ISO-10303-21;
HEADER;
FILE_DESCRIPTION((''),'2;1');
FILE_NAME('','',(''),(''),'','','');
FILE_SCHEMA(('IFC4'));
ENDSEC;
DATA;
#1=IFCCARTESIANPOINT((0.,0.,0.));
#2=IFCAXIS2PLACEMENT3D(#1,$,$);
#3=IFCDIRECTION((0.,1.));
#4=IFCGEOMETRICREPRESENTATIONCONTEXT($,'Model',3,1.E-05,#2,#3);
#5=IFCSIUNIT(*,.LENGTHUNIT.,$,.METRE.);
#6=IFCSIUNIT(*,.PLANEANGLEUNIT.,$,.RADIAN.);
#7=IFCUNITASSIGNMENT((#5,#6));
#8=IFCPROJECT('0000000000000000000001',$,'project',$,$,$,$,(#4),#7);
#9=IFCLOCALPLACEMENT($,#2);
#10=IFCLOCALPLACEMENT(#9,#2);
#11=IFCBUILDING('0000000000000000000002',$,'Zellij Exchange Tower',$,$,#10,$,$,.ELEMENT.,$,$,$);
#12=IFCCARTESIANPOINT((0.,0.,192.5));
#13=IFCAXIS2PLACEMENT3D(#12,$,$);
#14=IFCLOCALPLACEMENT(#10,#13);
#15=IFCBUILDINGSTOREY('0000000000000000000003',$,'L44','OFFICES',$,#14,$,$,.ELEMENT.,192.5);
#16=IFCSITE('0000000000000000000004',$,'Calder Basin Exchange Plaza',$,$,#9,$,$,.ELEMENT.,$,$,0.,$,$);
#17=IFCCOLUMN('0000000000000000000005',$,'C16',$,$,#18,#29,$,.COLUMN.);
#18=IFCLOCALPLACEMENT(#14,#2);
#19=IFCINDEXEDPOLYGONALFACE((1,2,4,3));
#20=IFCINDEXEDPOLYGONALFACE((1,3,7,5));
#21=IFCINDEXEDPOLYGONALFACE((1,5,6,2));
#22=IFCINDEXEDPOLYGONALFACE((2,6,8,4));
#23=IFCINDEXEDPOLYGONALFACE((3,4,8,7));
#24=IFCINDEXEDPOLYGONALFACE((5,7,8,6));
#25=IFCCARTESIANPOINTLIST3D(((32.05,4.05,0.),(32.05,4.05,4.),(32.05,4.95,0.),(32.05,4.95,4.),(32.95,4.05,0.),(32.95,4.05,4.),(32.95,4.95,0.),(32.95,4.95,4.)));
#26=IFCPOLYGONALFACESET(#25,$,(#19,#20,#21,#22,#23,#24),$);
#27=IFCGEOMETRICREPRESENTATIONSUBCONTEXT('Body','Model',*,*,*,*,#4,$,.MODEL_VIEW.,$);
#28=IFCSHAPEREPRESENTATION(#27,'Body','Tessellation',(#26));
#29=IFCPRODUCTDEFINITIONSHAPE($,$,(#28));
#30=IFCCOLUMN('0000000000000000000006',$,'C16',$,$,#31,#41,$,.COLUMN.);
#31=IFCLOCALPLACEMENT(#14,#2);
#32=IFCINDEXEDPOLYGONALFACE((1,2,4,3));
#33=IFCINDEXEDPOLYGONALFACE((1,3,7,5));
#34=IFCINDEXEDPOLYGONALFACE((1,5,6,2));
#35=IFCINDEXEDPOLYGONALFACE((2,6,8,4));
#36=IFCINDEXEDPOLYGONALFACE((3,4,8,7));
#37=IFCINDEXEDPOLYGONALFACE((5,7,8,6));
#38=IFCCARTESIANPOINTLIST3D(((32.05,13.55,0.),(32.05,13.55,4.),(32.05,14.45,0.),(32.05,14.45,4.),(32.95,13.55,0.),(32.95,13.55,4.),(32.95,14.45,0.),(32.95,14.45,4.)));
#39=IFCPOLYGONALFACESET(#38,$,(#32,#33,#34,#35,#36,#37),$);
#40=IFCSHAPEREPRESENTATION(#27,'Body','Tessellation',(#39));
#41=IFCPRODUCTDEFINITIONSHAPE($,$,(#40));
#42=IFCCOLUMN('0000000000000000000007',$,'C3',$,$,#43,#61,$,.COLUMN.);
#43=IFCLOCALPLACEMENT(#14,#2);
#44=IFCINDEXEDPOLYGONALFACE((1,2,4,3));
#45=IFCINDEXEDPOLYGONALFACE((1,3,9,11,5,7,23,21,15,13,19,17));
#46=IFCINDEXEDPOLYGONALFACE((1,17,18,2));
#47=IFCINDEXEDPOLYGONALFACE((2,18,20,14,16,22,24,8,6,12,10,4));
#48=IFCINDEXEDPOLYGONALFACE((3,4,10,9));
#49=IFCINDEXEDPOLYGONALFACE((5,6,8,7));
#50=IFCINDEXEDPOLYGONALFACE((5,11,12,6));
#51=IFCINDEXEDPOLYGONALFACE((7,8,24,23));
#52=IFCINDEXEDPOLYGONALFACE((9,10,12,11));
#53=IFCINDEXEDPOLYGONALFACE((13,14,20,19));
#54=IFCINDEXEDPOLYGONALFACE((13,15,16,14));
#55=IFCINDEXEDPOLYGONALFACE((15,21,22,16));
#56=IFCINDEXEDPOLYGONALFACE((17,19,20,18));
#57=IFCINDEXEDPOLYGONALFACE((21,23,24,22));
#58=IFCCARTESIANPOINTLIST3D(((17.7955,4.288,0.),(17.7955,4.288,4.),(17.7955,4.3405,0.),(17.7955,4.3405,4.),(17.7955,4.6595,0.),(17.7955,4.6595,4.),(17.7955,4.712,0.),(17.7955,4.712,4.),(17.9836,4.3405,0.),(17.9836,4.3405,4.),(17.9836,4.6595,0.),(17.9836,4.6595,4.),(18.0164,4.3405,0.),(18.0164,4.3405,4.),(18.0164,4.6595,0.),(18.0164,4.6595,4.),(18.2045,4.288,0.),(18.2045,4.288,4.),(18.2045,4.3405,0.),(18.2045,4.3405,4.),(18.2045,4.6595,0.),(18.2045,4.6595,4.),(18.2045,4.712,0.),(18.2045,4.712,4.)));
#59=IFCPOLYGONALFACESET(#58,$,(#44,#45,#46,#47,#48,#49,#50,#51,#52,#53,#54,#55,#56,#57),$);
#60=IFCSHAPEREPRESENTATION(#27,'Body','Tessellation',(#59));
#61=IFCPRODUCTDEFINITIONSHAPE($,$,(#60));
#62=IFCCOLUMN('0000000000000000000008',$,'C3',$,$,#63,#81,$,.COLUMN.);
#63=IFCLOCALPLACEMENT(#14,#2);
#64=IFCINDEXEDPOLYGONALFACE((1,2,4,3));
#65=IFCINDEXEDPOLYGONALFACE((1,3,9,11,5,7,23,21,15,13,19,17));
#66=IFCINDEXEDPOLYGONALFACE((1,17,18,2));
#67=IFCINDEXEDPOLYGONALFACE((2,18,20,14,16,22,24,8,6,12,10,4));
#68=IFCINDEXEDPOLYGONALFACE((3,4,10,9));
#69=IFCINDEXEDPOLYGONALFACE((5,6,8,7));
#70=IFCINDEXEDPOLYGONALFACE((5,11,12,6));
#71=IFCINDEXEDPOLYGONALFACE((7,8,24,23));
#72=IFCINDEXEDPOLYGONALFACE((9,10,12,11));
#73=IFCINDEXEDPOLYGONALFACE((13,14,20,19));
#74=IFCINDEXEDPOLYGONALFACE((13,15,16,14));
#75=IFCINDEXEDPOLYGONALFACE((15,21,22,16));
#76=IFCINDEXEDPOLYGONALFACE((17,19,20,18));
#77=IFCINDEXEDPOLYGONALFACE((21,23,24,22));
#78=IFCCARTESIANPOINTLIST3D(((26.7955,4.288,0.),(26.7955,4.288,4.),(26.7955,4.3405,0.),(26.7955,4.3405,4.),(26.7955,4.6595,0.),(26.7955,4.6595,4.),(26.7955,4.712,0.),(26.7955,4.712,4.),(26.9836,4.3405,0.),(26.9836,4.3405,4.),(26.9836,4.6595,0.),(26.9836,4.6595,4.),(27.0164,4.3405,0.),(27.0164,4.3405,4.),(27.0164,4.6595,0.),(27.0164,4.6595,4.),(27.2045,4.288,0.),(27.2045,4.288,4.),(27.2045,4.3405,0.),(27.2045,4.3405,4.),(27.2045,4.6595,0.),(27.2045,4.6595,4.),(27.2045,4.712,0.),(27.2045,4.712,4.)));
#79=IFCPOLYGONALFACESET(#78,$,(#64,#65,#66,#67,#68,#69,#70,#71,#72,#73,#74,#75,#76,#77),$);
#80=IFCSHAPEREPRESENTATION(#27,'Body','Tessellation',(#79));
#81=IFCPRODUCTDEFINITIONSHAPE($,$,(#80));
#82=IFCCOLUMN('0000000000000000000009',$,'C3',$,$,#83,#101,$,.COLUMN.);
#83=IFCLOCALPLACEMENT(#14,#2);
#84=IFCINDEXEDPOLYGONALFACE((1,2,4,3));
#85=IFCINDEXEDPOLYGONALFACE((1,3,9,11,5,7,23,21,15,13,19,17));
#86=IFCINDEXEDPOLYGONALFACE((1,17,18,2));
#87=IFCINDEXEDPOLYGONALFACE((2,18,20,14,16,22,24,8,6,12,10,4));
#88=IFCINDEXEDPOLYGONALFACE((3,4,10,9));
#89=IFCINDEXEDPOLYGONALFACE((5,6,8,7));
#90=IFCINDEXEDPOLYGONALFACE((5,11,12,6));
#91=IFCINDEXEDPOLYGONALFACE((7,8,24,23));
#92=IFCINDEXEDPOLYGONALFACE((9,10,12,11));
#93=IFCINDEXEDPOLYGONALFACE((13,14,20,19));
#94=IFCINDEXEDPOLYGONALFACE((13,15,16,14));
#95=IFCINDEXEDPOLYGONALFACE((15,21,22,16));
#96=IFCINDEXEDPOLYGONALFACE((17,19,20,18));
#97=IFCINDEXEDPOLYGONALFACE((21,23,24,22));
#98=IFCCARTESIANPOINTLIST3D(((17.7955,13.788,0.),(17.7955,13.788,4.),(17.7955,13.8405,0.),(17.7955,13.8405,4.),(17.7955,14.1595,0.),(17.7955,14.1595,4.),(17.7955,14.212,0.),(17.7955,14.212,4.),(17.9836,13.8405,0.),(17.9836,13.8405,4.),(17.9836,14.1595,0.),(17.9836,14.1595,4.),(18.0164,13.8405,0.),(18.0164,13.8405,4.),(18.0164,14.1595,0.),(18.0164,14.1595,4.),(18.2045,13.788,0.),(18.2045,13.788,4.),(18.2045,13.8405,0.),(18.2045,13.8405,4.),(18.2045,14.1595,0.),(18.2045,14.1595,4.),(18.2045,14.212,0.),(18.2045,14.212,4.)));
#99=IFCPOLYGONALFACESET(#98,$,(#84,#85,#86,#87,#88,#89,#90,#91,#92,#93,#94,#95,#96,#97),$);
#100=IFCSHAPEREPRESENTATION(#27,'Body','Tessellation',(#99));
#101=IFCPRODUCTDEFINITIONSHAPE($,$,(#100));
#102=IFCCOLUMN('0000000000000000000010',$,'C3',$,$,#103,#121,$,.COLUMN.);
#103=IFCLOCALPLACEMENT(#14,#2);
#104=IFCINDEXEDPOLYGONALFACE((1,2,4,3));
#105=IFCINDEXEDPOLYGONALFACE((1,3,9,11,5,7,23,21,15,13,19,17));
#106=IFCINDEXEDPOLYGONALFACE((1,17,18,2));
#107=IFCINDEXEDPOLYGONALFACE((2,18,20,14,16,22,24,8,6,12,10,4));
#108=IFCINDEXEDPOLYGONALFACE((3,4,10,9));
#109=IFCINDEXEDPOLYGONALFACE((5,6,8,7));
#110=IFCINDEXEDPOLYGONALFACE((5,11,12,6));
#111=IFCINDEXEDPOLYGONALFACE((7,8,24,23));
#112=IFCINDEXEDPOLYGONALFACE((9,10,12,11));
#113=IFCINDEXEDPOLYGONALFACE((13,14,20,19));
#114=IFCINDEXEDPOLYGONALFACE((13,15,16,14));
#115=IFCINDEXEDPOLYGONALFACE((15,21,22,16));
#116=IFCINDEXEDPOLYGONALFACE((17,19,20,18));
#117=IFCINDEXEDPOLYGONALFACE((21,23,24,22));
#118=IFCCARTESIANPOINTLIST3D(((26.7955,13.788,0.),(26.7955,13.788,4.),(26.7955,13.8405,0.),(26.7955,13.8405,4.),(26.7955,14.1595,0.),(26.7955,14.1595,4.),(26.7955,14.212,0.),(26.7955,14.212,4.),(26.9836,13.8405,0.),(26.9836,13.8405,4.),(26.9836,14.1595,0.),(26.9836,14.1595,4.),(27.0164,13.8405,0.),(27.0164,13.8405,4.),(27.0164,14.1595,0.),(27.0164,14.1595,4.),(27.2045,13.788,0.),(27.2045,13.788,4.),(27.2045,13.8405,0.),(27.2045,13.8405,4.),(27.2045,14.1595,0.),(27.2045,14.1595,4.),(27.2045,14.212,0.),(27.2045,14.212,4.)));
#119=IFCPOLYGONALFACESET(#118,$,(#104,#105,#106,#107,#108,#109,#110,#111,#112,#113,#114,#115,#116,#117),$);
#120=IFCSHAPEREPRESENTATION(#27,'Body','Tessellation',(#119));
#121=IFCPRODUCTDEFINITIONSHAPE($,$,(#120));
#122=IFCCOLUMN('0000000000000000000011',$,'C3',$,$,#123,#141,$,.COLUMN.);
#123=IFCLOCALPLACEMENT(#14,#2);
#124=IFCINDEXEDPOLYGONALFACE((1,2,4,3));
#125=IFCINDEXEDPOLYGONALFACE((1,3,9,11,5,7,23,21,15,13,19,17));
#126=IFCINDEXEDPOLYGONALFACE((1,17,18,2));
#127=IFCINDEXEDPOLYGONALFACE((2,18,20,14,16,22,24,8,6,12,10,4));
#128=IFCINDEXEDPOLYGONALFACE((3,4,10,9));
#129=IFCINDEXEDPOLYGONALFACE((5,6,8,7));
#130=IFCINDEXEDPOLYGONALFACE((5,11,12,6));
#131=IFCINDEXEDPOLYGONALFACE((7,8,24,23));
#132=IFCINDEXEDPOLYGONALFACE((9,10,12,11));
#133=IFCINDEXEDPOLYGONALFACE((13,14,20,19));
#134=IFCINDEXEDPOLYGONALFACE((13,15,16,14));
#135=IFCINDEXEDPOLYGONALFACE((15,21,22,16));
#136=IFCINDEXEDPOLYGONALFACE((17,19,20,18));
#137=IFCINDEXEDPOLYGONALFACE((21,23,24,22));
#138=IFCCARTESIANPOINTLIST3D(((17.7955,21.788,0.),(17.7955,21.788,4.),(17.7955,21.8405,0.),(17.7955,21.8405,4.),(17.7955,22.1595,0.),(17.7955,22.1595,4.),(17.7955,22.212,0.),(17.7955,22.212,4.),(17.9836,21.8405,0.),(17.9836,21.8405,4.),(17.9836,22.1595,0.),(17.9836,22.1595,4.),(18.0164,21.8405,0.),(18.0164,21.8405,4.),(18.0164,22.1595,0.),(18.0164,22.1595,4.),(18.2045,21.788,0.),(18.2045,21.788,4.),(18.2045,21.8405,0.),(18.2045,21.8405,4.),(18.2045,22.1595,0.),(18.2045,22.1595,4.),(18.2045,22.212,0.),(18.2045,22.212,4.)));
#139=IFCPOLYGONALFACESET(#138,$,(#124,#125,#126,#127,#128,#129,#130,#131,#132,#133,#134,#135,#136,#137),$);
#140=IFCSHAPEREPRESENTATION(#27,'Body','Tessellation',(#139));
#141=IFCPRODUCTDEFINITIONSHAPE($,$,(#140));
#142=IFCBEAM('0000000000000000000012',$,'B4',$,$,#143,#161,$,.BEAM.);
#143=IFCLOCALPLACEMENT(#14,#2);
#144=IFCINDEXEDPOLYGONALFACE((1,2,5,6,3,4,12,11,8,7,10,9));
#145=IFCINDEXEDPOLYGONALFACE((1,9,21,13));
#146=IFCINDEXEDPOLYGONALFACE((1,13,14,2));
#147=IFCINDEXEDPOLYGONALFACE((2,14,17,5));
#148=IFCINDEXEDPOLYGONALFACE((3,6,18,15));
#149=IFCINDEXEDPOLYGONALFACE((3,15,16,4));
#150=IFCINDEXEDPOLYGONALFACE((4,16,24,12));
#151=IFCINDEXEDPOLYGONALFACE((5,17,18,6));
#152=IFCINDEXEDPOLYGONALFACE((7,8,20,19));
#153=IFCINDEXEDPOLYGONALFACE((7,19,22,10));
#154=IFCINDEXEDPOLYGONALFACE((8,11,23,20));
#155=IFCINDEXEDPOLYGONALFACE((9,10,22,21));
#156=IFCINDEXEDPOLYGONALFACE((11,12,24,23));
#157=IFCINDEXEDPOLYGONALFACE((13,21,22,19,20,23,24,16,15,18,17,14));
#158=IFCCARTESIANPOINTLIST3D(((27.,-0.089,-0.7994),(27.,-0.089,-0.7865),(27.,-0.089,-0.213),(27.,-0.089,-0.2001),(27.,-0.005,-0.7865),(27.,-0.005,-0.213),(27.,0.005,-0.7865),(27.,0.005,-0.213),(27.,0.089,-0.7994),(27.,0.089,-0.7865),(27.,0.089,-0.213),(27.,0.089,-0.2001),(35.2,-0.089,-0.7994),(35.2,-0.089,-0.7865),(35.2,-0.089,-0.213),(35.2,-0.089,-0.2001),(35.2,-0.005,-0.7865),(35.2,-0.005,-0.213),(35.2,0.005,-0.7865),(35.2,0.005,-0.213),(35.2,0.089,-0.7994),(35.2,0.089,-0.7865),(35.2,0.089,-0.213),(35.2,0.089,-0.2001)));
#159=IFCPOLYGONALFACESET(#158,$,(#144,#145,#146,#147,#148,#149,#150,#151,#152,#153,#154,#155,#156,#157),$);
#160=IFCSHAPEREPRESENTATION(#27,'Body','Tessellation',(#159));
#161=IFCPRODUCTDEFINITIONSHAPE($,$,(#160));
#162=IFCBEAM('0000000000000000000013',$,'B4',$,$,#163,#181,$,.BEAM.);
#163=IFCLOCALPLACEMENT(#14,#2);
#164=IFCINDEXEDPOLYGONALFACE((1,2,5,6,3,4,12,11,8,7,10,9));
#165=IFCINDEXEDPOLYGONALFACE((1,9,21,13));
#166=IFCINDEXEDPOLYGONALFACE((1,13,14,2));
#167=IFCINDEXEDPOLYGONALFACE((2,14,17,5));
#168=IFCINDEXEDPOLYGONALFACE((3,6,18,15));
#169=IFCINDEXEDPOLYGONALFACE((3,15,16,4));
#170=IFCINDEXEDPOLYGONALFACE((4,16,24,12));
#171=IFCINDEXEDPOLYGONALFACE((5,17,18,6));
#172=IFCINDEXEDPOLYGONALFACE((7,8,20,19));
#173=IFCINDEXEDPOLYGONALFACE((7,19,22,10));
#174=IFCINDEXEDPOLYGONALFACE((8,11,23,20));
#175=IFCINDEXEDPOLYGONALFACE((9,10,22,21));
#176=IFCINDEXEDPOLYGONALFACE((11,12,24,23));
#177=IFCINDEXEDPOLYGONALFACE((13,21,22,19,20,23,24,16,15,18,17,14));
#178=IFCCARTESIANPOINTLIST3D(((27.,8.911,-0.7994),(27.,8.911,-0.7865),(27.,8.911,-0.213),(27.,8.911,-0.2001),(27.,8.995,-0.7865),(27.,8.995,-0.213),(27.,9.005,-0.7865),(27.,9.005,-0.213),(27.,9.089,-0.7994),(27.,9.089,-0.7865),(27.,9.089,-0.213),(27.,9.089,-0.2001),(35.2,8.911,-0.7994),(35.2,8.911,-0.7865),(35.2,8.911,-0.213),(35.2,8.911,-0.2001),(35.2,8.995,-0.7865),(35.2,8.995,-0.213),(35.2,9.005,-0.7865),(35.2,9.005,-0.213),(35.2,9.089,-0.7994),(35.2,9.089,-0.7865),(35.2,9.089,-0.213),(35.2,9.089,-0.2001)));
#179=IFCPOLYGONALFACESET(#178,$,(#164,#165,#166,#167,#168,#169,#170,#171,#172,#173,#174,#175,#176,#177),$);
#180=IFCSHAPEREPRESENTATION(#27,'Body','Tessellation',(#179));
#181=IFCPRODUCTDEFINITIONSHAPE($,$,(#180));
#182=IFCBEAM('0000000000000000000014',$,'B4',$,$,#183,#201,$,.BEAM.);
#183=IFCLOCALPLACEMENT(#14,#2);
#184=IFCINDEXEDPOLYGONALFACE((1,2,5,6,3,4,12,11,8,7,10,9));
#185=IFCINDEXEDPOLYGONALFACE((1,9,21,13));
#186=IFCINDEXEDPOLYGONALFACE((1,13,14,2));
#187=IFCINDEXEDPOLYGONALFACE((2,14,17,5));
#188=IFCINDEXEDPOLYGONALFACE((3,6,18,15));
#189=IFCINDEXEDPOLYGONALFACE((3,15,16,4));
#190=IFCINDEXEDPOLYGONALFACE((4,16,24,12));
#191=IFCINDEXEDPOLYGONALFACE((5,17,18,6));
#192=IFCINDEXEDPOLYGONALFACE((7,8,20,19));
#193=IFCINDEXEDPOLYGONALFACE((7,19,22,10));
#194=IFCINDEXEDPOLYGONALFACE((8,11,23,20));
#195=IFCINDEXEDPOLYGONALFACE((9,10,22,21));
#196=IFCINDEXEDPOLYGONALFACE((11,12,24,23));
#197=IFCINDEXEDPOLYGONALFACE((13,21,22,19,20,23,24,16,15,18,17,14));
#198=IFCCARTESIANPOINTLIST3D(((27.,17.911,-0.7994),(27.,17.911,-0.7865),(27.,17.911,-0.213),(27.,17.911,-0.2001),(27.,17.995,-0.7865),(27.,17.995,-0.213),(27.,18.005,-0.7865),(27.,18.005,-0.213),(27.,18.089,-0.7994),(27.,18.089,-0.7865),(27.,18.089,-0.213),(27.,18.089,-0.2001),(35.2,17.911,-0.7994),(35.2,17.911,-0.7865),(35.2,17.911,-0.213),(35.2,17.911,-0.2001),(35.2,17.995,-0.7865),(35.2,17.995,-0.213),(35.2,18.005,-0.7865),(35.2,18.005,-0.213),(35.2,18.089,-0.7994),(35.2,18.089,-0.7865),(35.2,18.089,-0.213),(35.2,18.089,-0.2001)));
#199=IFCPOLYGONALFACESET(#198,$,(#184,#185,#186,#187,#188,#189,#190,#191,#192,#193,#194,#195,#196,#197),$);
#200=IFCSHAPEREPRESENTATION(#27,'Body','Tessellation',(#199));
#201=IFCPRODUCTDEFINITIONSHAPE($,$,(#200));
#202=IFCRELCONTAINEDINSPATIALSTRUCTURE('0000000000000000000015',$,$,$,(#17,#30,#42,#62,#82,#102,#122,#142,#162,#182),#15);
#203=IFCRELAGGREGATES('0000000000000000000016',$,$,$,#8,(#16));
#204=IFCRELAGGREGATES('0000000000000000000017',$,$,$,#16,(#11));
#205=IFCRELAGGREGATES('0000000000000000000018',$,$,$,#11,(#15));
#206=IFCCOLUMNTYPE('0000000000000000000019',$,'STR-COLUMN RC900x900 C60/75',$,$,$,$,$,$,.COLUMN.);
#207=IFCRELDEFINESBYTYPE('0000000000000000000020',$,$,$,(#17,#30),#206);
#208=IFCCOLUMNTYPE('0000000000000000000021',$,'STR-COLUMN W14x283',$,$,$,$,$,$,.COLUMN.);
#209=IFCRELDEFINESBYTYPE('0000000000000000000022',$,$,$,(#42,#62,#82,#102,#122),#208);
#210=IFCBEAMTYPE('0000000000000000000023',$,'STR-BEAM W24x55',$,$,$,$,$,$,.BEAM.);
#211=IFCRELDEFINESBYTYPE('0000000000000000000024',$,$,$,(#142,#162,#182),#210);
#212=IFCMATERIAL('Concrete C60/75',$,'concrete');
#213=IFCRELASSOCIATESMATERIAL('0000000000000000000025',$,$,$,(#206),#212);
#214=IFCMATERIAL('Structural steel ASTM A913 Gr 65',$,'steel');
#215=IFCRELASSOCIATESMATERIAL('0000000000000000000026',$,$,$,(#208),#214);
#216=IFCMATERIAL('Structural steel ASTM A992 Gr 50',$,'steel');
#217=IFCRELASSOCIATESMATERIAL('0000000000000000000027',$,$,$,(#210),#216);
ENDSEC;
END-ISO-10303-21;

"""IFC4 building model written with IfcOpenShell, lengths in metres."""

from ifc_helpers import new_model, si_unit, direction, frame, origin, origin_2d, place, context, subcontext, project, spatial, rectangle, i_section, extrude, material, material_profile, profile_set, type_object, element, save


model = new_model("IFC4")

# Units and contexts
model_context = context("Model", 3, precision=1e-05, world=origin(), true_north=direction((0.0, 1.0)))
body_context = subcontext(model_context, "Body", "Model", "MODEL_VIEW")
ifc_project = project(units=[si_unit("LENGTHUNIT", "METRE"), si_unit("PLANEANGLEUNIT", "RADIAN")], contexts=[model_context])

# Site, building, storey
site_placement = place(None, origin())
site = spatial("IfcSite", under=ifc_project, at=site_placement, Name="Calder Basin Exchange Plaza", CompositionType="ELEMENT", RefElevation=0.0)
building_placement = place(site_placement, origin())
building = spatial("IfcBuilding", under=site, at=building_placement, Name="Zellij Exchange Tower", CompositionType="ELEMENT")
storey_placement = place(building_placement, frame((0.0, 0.0, 192.5)))
storey = spatial("IfcBuildingStorey", under=building, at=storey_placement, Name="L44", Description="OFFICES", CompositionType="ELEMENT", Elevation=192.5)

# Columns
ifc_material_1 = material(Name="Concrete C60/75", Category="concrete")
ifc_material_profile_1 = material_profile(ifc_material_1, rectangle(XDim=0.8999, YDim=0.8999, at=origin_2d()), Name="STR-COLUMN RC900x900 C60/75")
ifc_profile_set_1 = profile_set([ifc_material_profile_1], Name="Concrete C60/75")
column_type_1 = type_object("IfcColumnType", Name="STR-COLUMN RC900x900 C60/75", PredefinedType="COLUMN", material=ifc_profile_set_1)
for number, where, z_axis, x_axis, name in (
    (1, (32.5, 4.5, 0.0), (0.0, 0.0, 1.0), (1.0, 0.0, 0.0), "C16"),
    (2, (32.5, 14.0, 0.0), (0.0, 0.0, 1.0), (1.0, 0.0, 0.0), "C16"),
):
    element("IfcColumn", number, at=place(storey_placement, frame(where, z_axis=z_axis, x_axis=x_axis)), inside=storey, type_object=column_type_1, Name=name, PredefinedType="COLUMN", context=body_context, shape_type="SweptSolid", body=[
        extrude(rectangle(XDim=0.8999, YDim=0.8999, at=origin_2d()), origin(), (0.0, 0.0, 1.0), 4.0),
    ])
ifc_material_2 = material(Name="Structural steel ASTM A913 Gr 65", Category="steel")
ifc_material_profile_2 = material_profile(ifc_material_2, i_section(OverallWidth=0.4089, OverallDepth=0.4241, WebThickness=0.0327, FlangeThickness=0.0525, at=origin_2d()), Name="W14x283")
ifc_profile_set_2 = profile_set([ifc_material_profile_2], Name="Structural steel ASTM A913 Gr 65")
column_type_2 = type_object("IfcColumnType", Name="STR-COLUMN W14x283", PredefinedType="COLUMN", material=ifc_profile_set_2)
for number, where, z_axis, x_axis, name in (
    (3, (18.0, 4.5, 0.0), (0.0, 0.0, 1.0), (1.0, 0.0, 0.0), "C3"),
    (4, (27.0, 4.5, 0.0), (0.0, 0.0, 1.0), (1.0, 0.0, 0.0), "C3"),
    (5, (18.0, 14.0, 0.0), (0.0, 0.0, 1.0), (1.0, 0.0, 0.0), "C3"),
    (6, (27.0, 14.0, 0.0), (0.0, 0.0, 1.0), (1.0, 0.0, 0.0), "C3"),
    (7, (18.0, 22.0, 0.0), (0.0, 0.0, 1.0), (1.0, 0.0, 0.0), "C3"),
):
    element("IfcColumn", number, at=place(storey_placement, frame(where, z_axis=z_axis, x_axis=x_axis)), inside=storey, type_object=column_type_2, Name=name, PredefinedType="COLUMN", context=body_context, shape_type="SweptSolid", body=[
        extrude(i_section(OverallWidth=0.4089, OverallDepth=0.4241, WebThickness=0.0327, FlangeThickness=0.0525, at=origin_2d()), origin(), (0.0, 0.0, 1.0), 4.0),
    ])

# Beams
ifc_material_3 = material(Name="Structural steel ASTM A992 Gr 50", Category="steel")
ifc_material_profile_3 = material_profile(ifc_material_3, i_section(OverallWidth=0.178, OverallDepth=0.5994, WebThickness=0.01, FlangeThickness=0.0129, at=origin_2d()), Name="W24x55")
ifc_profile_set_3 = profile_set([ifc_material_profile_3], Name="Structural steel ASTM A992 Gr 50")
beam_type_1 = type_object("IfcBeamType", Name="STR-BEAM W24x55", PredefinedType="BEAM", material=ifc_profile_set_3)
for number, where, z_axis, x_axis, name in (
    (8, (27.0, 0.0, -0.4998), (1.0, 0.0, 0.0), (0.0, 1.0, 0.0), "B4"),
    (9, (27.0, 9.0, -0.4998), (1.0, 0.0, 0.0), (0.0, 1.0, 0.0), "B4"),
    (10, (27.0, 18.0, -0.4998), (1.0, 0.0, 0.0), (0.0, 1.0, 0.0), "B4"),
):
    element("IfcBeam", number, at=place(storey_placement, frame(where, z_axis=z_axis, x_axis=x_axis)), inside=storey, type_object=beam_type_1, Name=name, PredefinedType="BEAM", context=body_context, shape_type="SweptSolid", body=[
        extrude(i_section(OverallWidth=0.178, OverallDepth=0.5994, WebThickness=0.01, FlangeThickness=0.0129, at=origin_2d()), origin(), (0.0, 0.0, 1.0), 8.2),
    ])

save(model, "model.ifc")
